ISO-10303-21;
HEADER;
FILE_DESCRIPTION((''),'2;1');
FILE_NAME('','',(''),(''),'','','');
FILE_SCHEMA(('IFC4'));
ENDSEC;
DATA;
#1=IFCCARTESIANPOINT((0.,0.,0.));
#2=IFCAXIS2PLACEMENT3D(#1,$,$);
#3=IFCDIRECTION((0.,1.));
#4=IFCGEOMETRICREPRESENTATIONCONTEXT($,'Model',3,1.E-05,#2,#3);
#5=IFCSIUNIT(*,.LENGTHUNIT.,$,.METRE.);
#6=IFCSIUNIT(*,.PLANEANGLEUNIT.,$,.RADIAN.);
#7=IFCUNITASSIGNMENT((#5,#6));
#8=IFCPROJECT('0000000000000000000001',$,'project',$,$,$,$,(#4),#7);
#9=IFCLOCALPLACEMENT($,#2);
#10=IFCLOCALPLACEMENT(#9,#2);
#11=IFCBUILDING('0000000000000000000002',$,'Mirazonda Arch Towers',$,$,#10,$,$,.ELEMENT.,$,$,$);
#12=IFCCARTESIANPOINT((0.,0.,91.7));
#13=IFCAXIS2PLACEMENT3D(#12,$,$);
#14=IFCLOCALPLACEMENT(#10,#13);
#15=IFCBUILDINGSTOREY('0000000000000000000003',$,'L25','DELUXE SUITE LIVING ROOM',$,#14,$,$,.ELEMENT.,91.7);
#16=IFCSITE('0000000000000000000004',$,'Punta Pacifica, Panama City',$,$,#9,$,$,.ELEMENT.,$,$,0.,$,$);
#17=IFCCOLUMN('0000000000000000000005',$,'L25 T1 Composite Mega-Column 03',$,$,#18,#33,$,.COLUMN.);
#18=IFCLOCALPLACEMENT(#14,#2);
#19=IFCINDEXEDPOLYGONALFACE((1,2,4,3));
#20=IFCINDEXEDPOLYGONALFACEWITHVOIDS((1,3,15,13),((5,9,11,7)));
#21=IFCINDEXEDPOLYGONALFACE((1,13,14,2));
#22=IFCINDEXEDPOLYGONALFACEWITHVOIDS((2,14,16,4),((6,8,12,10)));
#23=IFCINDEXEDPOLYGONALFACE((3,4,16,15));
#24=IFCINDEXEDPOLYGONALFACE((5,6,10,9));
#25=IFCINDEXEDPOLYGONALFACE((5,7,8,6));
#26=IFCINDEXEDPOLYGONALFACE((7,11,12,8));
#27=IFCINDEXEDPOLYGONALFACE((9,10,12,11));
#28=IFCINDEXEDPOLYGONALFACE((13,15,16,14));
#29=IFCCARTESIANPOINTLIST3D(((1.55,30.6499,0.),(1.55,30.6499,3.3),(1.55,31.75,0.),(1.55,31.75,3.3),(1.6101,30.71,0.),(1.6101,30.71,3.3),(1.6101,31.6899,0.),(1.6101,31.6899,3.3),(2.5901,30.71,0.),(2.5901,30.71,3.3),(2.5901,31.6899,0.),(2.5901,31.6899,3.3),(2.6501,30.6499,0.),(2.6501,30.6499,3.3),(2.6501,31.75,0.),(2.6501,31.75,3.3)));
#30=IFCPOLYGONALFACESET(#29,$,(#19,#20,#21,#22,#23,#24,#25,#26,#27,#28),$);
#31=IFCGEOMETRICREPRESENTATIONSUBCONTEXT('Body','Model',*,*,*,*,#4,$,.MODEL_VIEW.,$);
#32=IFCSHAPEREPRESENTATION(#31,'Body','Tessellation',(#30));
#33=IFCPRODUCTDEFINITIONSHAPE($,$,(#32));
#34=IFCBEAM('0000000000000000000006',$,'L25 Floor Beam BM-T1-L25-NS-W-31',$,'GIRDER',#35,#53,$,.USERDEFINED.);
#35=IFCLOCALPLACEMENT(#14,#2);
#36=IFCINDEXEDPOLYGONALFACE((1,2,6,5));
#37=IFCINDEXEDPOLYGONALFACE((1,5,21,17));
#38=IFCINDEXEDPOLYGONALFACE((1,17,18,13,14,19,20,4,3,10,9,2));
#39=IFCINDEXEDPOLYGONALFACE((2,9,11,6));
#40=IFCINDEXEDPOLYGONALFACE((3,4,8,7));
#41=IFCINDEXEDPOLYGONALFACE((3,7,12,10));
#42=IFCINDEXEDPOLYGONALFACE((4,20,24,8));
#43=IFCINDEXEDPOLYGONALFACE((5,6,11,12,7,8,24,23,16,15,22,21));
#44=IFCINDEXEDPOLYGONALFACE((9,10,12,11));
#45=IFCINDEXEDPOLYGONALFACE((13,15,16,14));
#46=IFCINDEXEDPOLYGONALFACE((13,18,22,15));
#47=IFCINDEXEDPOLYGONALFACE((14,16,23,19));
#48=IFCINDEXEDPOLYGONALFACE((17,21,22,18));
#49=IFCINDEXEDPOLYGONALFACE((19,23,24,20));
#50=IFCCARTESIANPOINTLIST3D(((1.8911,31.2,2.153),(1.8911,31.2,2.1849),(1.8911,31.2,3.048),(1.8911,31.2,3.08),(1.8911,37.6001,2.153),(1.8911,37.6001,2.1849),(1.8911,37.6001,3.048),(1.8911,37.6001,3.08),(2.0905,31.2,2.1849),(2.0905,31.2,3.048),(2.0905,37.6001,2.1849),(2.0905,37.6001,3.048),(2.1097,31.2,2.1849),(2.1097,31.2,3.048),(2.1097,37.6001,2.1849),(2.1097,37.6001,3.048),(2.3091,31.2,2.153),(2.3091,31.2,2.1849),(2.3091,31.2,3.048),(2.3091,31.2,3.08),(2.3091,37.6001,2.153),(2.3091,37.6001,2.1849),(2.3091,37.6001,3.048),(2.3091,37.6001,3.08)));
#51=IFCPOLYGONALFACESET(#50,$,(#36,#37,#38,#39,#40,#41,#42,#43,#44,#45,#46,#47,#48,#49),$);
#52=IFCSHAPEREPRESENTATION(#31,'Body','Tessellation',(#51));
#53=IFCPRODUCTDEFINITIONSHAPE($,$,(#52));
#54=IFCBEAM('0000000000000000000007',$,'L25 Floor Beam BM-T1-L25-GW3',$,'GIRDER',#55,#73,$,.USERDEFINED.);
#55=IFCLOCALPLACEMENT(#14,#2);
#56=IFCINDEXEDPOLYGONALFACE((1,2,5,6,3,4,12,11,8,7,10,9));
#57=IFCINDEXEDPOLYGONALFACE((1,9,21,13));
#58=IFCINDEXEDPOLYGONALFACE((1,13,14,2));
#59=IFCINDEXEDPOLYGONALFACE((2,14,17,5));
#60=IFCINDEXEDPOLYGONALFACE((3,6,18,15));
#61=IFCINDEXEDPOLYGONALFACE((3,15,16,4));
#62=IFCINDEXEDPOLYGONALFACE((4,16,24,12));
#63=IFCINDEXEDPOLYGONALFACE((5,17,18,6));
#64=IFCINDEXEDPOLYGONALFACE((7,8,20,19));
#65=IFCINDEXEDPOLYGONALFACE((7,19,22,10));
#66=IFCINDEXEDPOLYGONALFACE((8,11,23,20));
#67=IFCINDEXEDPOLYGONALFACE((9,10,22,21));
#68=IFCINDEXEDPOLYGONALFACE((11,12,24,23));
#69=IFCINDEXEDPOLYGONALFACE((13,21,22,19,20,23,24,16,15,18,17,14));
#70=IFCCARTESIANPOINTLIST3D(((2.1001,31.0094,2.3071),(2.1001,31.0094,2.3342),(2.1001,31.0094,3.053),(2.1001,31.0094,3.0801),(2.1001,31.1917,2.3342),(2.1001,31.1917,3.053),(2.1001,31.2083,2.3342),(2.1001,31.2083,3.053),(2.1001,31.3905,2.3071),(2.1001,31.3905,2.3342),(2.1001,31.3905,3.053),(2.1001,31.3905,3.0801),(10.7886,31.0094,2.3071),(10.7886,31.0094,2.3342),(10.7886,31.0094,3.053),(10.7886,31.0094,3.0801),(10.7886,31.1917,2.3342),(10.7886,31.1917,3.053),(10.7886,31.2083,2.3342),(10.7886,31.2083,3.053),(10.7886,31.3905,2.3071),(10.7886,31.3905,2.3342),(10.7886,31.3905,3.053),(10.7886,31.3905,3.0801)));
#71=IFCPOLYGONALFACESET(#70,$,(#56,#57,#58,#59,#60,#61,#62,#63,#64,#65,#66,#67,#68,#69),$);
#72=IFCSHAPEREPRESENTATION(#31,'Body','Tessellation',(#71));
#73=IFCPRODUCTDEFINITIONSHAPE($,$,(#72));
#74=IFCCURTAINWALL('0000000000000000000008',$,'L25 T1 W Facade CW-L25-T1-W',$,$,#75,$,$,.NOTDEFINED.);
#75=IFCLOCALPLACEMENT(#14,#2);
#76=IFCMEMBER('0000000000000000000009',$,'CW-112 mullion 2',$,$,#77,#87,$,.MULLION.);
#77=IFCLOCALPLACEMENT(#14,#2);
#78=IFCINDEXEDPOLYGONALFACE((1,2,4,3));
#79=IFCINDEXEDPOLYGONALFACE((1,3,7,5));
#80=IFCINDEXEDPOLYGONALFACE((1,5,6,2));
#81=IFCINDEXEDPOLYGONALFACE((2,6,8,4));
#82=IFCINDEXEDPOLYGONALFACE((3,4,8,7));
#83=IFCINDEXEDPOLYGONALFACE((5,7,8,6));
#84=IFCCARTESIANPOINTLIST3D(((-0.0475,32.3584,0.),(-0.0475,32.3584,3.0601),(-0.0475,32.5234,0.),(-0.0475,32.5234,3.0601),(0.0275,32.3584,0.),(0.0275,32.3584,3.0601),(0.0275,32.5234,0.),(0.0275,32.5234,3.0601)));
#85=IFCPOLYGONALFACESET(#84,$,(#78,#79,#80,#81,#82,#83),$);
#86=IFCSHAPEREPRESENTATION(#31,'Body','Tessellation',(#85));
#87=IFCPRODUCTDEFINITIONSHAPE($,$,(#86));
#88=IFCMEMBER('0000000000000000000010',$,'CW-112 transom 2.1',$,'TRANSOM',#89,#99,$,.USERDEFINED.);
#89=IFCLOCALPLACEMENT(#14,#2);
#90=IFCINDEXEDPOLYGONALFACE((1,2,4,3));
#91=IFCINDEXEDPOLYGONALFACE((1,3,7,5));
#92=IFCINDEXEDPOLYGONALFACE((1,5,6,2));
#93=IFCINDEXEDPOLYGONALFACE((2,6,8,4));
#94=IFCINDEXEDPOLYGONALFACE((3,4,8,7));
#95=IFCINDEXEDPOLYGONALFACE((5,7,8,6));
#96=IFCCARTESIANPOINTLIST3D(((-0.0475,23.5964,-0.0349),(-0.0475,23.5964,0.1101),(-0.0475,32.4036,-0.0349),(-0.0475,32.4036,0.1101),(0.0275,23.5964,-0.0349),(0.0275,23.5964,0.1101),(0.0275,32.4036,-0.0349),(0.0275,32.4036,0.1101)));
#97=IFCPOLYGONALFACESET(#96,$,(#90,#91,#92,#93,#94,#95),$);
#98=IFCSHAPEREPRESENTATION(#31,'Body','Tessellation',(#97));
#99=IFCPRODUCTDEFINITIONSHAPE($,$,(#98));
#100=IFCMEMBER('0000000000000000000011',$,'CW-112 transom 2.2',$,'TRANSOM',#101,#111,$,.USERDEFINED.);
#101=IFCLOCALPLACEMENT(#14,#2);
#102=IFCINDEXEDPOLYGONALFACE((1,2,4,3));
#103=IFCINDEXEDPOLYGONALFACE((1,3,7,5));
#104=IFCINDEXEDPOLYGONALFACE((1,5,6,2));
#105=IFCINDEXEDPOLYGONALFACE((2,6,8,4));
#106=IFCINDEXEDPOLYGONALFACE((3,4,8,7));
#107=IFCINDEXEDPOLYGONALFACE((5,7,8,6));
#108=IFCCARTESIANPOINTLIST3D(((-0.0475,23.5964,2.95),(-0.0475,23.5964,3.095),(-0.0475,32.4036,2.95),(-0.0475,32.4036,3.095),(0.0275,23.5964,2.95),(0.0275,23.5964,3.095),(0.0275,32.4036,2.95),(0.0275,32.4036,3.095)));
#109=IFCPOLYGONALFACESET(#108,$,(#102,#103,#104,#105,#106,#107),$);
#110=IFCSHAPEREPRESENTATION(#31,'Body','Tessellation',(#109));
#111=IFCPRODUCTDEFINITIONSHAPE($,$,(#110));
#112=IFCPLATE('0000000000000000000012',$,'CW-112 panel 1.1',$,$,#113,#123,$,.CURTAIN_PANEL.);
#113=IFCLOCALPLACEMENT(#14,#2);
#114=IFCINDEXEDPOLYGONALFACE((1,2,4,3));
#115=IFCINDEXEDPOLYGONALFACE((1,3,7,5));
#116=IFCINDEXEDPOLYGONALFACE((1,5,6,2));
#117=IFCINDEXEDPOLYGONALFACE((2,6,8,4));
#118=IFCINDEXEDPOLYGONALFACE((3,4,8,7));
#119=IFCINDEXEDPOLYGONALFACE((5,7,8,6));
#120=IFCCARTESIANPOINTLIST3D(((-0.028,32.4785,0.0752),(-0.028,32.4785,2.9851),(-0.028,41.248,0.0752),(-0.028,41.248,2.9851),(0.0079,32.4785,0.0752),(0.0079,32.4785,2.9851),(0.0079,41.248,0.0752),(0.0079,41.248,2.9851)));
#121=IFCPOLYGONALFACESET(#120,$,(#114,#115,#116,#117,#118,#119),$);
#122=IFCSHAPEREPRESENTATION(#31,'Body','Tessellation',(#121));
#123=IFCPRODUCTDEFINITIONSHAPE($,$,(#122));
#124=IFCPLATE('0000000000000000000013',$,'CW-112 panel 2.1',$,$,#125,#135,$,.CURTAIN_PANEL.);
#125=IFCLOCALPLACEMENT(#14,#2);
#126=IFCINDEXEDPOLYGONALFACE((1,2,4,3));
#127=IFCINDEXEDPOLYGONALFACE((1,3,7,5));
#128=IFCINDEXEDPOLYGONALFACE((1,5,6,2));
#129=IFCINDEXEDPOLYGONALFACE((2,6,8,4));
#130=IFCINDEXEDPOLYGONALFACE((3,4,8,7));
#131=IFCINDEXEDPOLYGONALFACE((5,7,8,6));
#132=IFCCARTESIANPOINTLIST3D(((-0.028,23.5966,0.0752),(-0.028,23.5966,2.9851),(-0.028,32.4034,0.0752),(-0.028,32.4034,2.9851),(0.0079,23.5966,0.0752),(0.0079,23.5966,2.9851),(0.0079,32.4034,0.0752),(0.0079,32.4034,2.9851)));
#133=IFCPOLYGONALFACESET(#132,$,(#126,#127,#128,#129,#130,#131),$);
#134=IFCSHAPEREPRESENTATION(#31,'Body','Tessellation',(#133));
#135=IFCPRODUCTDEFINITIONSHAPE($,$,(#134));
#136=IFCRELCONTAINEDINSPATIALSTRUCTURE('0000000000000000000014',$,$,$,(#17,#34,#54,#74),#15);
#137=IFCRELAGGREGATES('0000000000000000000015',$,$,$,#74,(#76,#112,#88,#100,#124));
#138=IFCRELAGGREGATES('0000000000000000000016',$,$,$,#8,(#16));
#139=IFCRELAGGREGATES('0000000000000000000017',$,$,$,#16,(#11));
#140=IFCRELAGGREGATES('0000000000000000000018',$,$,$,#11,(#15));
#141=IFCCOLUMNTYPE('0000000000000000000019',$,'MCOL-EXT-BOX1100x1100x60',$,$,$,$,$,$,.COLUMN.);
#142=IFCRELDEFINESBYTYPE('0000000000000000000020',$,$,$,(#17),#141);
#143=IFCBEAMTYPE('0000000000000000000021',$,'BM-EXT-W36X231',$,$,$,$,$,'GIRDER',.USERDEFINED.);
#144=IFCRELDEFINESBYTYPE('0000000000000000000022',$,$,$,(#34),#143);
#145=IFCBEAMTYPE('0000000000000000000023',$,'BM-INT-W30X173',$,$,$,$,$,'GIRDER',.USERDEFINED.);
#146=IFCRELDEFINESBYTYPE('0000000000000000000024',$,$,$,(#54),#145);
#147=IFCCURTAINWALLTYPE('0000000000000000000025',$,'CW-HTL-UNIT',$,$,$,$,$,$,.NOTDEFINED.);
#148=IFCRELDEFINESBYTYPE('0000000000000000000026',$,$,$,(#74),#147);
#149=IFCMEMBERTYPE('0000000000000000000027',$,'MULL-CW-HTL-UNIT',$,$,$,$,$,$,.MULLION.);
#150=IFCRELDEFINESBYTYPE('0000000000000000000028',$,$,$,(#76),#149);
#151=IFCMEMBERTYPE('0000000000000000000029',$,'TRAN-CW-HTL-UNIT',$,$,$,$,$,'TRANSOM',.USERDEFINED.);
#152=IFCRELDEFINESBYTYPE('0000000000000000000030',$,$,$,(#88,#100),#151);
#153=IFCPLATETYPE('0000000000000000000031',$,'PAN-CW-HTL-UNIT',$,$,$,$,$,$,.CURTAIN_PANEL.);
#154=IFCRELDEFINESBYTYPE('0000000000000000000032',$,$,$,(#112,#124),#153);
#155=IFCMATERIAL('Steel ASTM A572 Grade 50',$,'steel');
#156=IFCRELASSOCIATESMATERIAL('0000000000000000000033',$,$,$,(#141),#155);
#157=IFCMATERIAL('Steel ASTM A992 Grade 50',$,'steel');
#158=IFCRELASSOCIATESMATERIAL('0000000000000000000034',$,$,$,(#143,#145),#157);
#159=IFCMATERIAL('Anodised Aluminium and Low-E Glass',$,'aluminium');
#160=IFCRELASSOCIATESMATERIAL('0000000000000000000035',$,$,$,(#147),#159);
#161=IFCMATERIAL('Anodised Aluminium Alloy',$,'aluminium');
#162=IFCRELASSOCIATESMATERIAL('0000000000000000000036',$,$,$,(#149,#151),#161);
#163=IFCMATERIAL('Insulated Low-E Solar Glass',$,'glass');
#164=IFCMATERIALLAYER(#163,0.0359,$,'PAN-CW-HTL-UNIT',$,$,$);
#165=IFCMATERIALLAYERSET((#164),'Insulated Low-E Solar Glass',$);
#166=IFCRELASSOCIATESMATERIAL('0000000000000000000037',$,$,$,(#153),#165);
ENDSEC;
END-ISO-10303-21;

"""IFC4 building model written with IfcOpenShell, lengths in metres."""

from ifc_helpers import new_model, si_unit, direction, frame, origin, origin_2d, place, context, subcontext, project, spatial, rectangle, hollow_rectangle, i_section, extrude, material, layer, layer_set, material_profile, profile_set, type_object, element, aggregate, save


model = new_model("IFC4")

# Units and contexts
model_context = context("Model", 3, precision=1e-05, world=origin(), true_north=direction((0.0, 1.0)))
body_context = subcontext(model_context, "Body", "Model", "MODEL_VIEW")
ifc_project = project(units=[si_unit("LENGTHUNIT", "METRE"), si_unit("PLANEANGLEUNIT", "RADIAN")], contexts=[model_context])

# Site, building, storey
site_placement = place(None, origin())
site = spatial("IfcSite", under=ifc_project, at=site_placement, Name="Punta Pacifica, Panama City", CompositionType="ELEMENT", RefElevation=0.0)
building_placement = place(site_placement, origin())
building = spatial("IfcBuilding", under=site, at=building_placement, Name="Mirazonda Arch Towers", CompositionType="ELEMENT")
storey_placement = place(building_placement, frame((0.0, 0.0, 91.7)))
storey = spatial("IfcBuildingStorey", under=building, at=storey_placement, Name="L25", Description="DELUXE SUITE LIVING ROOM", CompositionType="ELEMENT", Elevation=91.7)

# Column
ifc_material_1 = material(Name="Steel ASTM A572 Grade 50", Category="steel")
ifc_material_profile_1 = material_profile(ifc_material_1, hollow_rectangle(XDim=1.1001, YDim=1.1001, WallThickness=0.0601, at=origin_2d()), Name="BOX1100x1100x60")
ifc_profile_set_1 = profile_set([ifc_material_profile_1], Name="Steel ASTM A572 Grade 50")
column_type = type_object("IfcColumnType", Name="MCOL-EXT-BOX1100x1100x60", PredefinedType="COLUMN", material=ifc_profile_set_1)
column_placement = place(storey_placement, frame((2.1001, 31.2, 0.0), z_axis=(0.0, 0.0, 1.0), x_axis=(1.0, 0.0, 0.0)))
element("IfcColumn", 1, at=column_placement, inside=storey, type_object=column_type, Name="L25 T1 Composite Mega-Column 03", PredefinedType="COLUMN", context=body_context, shape_type="SweptSolid", body=[
    extrude(hollow_rectangle(XDim=1.1001, YDim=1.1001, WallThickness=0.0601, at=origin_2d()), origin(), (0.0, 0.0, 1.0), 3.3),
])

# Beams
ifc_material_2 = material(Name="Steel ASTM A992 Grade 50", Category="steel")
ifc_material_profile_2 = material_profile(ifc_material_2, i_section(OverallWidth=0.418, OverallDepth=0.927, WebThickness=0.0193, FlangeThickness=0.032, at=origin_2d()), Name="W36X231")
ifc_profile_set_2 = profile_set([ifc_material_profile_2], Name="Steel ASTM A992 Grade 50")
beam_type_1 = type_object("IfcBeamType", Name="BM-EXT-W36X231", ElementType="GIRDER", PredefinedType="USERDEFINED", material=ifc_profile_set_2)
beam_1_placement = place(storey_placement, frame((2.1001, 31.2, 2.6165), z_axis=(0.0, 1.0, 0.0), x_axis=(-1.0, 0.0, 0.0)))
element("IfcBeam", 2, at=beam_1_placement, inside=storey, type_object=beam_type_1, Name="L25 Floor Beam BM-T1-L25-NS-W-31", ObjectType="GIRDER", PredefinedType="USERDEFINED", context=body_context, shape_type="SweptSolid", body=[
    extrude(i_section(OverallWidth=0.418, OverallDepth=0.927, WebThickness=0.0193, FlangeThickness=0.032, at=origin_2d()), origin(), (0.0, 0.0, 1.0), 6.4001),
])
ifc_material_profile_3 = material_profile(ifc_material_2, i_section(OverallWidth=0.3811, OverallDepth=0.7729, WebThickness=0.0166, FlangeThickness=0.0271, at=origin_2d()), Name="W30X173")
ifc_profile_set_3 = profile_set([ifc_material_profile_3], Name="Steel ASTM A992 Grade 50")
beam_type_2 = type_object("IfcBeamType", Name="BM-INT-W30X173", ElementType="GIRDER", PredefinedType="USERDEFINED", material=ifc_profile_set_3)
beam_2_placement = place(storey_placement, frame((2.1001, 31.2, 2.6936), z_axis=(1.0, 0.0, 0.0), x_axis=(0.0, 1.0, 0.0)))
element("IfcBeam", 3, at=beam_2_placement, inside=storey, type_object=beam_type_2, Name="L25 Floor Beam BM-T1-L25-GW3", ObjectType="GIRDER", PredefinedType="USERDEFINED", context=body_context, shape_type="SweptSolid", body=[
    extrude(i_section(OverallWidth=0.3811, OverallDepth=0.7729, WebThickness=0.0166, FlangeThickness=0.0271, at=origin_2d()), origin(), (0.0, 0.0, 1.0), 8.6885),
])

# Curtain wall, members, plates
ifc_material_3 = material(Name="Anodised Aluminium and Low-E Glass", Category="aluminium")
curtain_wall_type = type_object("IfcCurtainWallType", Name="CW-HTL-UNIT", PredefinedType="NOTDEFINED", material=ifc_material_3)
curtain_wall_placement = place(storey_placement, origin())
curtain_wall = element("IfcCurtainWall", 4, at=curtain_wall_placement, inside=storey, type_object=curtain_wall_type, Name="L25 T1 W Facade CW-L25-T1-W", PredefinedType="NOTDEFINED")
ifc_material_4 = material(Name="Anodised Aluminium Alloy", Category="aluminium")
ifc_material_profile_4 = material_profile(ifc_material_4, rectangle(XDim=0.075, YDim=0.165, at=origin_2d()), Name="ALU-MULL-75x165")
ifc_profile_set_4 = profile_set([ifc_material_profile_4], Name="Anodised Aluminium Alloy")
member_type_1 = type_object("IfcMemberType", Name="MULL-CW-HTL-UNIT", PredefinedType="MULLION", material=ifc_profile_set_4)
member_1_placement = place(storey_placement, frame((-0.01, 32.4409, 0.0), z_axis=(0.0, 0.0, 1.0), x_axis=(1.0, 0.0, 0.0)))
member_1 = element("IfcMember", 5, at=member_1_placement, type_object=member_type_1, Name="CW-112 mullion 2", PredefinedType="MULLION", context=body_context, shape_type="SweptSolid", body=[
    extrude(rectangle(XDim=0.075, YDim=0.165, at=origin_2d()), origin(), (0.0, 0.0, 1.0), 3.0601),
])
ifc_material_profile_5 = material_profile(ifc_material_4, rectangle(XDim=0.075, YDim=0.145, at=origin_2d()), Name="ALU-TRAN-75x145")
ifc_profile_set_5 = profile_set([ifc_material_profile_5], Name="Anodised Aluminium Alloy")
member_type_2 = type_object("IfcMemberType", Name="TRAN-CW-HTL-UNIT", ElementType="TRANSOM", PredefinedType="USERDEFINED", material=ifc_profile_set_5)
member_2_placement = place(storey_placement, frame((-0.01, 32.4036, 0.0376), z_axis=(0.0, -1.0, 0.0), x_axis=(1.0, 0.0, 0.0)))
member_2 = element("IfcMember", 6, at=member_2_placement, type_object=member_type_2, Name="CW-112 transom 2.1", ObjectType="TRANSOM", PredefinedType="USERDEFINED", context=body_context, shape_type="SweptSolid", body=[
    extrude(rectangle(XDim=0.075, YDim=0.145, at=origin_2d()), origin(), (0.0, 0.0, 1.0), 8.8071),
])
member_3_placement = place(storey_placement, frame((-0.01, 32.4036, 3.0225), z_axis=(0.0, -1.0, 0.0), x_axis=(1.0, 0.0, 0.0)))
member_3 = element("IfcMember", 7, at=member_3_placement, type_object=member_type_2, Name="CW-112 transom 2.2", ObjectType="TRANSOM", PredefinedType="USERDEFINED", context=body_context, shape_type="SweptSolid", body=[
    extrude(rectangle(XDim=0.075, YDim=0.145, at=origin_2d()), origin(), (0.0, 0.0, 1.0), 8.8071),
])
ifc_material_5 = material(Name="Insulated Low-E Solar Glass", Category="glass")
ifc_layer_1 = layer(ifc_material_5, 0.0359, Name="PAN-CW-HTL-UNIT")
ifc_layer_set_1 = layer_set([ifc_layer_1], Name="Insulated Low-E Solar Glass")
plate_type = type_object("IfcPlateType", Name="PAN-CW-HTL-UNIT", PredefinedType="CURTAIN_PANEL", material=ifc_layer_set_1)
plate_1_placement = place(storey_placement, frame((-0.01, 36.8633, 0.0752), z_axis=(0.0, 0.0, 1.0), x_axis=(0.0, -1.0, 0.0)))
plate_1 = element("IfcPlate", 8, at=plate_1_placement, type_object=plate_type, Name="CW-112 panel 1.1", PredefinedType="CURTAIN_PANEL", context=body_context, shape_type="SweptSolid", body=[
    extrude(rectangle(XDim=8.7695, YDim=0.0359, at=origin_2d()), origin(), (0.0, 0.0, 1.0), 2.9099),
])
plate_2_placement = place(storey_placement, frame((-0.01, 28.0, 0.0752), z_axis=(0.0, 0.0, 1.0), x_axis=(0.0, -1.0, 0.0)))
plate_2 = element("IfcPlate", 9, at=plate_2_placement, type_object=plate_type, Name="CW-112 panel 2.1", PredefinedType="CURTAIN_PANEL", context=body_context, shape_type="SweptSolid", body=[
    extrude(rectangle(XDim=8.8069, YDim=0.0359, at=origin_2d()), origin(), (0.0, 0.0, 1.0), 2.9099),
])
aggregate(curtain_wall, [member_1, plate_1, member_2, member_3, plate_2])

save(model, "model.ifc")
